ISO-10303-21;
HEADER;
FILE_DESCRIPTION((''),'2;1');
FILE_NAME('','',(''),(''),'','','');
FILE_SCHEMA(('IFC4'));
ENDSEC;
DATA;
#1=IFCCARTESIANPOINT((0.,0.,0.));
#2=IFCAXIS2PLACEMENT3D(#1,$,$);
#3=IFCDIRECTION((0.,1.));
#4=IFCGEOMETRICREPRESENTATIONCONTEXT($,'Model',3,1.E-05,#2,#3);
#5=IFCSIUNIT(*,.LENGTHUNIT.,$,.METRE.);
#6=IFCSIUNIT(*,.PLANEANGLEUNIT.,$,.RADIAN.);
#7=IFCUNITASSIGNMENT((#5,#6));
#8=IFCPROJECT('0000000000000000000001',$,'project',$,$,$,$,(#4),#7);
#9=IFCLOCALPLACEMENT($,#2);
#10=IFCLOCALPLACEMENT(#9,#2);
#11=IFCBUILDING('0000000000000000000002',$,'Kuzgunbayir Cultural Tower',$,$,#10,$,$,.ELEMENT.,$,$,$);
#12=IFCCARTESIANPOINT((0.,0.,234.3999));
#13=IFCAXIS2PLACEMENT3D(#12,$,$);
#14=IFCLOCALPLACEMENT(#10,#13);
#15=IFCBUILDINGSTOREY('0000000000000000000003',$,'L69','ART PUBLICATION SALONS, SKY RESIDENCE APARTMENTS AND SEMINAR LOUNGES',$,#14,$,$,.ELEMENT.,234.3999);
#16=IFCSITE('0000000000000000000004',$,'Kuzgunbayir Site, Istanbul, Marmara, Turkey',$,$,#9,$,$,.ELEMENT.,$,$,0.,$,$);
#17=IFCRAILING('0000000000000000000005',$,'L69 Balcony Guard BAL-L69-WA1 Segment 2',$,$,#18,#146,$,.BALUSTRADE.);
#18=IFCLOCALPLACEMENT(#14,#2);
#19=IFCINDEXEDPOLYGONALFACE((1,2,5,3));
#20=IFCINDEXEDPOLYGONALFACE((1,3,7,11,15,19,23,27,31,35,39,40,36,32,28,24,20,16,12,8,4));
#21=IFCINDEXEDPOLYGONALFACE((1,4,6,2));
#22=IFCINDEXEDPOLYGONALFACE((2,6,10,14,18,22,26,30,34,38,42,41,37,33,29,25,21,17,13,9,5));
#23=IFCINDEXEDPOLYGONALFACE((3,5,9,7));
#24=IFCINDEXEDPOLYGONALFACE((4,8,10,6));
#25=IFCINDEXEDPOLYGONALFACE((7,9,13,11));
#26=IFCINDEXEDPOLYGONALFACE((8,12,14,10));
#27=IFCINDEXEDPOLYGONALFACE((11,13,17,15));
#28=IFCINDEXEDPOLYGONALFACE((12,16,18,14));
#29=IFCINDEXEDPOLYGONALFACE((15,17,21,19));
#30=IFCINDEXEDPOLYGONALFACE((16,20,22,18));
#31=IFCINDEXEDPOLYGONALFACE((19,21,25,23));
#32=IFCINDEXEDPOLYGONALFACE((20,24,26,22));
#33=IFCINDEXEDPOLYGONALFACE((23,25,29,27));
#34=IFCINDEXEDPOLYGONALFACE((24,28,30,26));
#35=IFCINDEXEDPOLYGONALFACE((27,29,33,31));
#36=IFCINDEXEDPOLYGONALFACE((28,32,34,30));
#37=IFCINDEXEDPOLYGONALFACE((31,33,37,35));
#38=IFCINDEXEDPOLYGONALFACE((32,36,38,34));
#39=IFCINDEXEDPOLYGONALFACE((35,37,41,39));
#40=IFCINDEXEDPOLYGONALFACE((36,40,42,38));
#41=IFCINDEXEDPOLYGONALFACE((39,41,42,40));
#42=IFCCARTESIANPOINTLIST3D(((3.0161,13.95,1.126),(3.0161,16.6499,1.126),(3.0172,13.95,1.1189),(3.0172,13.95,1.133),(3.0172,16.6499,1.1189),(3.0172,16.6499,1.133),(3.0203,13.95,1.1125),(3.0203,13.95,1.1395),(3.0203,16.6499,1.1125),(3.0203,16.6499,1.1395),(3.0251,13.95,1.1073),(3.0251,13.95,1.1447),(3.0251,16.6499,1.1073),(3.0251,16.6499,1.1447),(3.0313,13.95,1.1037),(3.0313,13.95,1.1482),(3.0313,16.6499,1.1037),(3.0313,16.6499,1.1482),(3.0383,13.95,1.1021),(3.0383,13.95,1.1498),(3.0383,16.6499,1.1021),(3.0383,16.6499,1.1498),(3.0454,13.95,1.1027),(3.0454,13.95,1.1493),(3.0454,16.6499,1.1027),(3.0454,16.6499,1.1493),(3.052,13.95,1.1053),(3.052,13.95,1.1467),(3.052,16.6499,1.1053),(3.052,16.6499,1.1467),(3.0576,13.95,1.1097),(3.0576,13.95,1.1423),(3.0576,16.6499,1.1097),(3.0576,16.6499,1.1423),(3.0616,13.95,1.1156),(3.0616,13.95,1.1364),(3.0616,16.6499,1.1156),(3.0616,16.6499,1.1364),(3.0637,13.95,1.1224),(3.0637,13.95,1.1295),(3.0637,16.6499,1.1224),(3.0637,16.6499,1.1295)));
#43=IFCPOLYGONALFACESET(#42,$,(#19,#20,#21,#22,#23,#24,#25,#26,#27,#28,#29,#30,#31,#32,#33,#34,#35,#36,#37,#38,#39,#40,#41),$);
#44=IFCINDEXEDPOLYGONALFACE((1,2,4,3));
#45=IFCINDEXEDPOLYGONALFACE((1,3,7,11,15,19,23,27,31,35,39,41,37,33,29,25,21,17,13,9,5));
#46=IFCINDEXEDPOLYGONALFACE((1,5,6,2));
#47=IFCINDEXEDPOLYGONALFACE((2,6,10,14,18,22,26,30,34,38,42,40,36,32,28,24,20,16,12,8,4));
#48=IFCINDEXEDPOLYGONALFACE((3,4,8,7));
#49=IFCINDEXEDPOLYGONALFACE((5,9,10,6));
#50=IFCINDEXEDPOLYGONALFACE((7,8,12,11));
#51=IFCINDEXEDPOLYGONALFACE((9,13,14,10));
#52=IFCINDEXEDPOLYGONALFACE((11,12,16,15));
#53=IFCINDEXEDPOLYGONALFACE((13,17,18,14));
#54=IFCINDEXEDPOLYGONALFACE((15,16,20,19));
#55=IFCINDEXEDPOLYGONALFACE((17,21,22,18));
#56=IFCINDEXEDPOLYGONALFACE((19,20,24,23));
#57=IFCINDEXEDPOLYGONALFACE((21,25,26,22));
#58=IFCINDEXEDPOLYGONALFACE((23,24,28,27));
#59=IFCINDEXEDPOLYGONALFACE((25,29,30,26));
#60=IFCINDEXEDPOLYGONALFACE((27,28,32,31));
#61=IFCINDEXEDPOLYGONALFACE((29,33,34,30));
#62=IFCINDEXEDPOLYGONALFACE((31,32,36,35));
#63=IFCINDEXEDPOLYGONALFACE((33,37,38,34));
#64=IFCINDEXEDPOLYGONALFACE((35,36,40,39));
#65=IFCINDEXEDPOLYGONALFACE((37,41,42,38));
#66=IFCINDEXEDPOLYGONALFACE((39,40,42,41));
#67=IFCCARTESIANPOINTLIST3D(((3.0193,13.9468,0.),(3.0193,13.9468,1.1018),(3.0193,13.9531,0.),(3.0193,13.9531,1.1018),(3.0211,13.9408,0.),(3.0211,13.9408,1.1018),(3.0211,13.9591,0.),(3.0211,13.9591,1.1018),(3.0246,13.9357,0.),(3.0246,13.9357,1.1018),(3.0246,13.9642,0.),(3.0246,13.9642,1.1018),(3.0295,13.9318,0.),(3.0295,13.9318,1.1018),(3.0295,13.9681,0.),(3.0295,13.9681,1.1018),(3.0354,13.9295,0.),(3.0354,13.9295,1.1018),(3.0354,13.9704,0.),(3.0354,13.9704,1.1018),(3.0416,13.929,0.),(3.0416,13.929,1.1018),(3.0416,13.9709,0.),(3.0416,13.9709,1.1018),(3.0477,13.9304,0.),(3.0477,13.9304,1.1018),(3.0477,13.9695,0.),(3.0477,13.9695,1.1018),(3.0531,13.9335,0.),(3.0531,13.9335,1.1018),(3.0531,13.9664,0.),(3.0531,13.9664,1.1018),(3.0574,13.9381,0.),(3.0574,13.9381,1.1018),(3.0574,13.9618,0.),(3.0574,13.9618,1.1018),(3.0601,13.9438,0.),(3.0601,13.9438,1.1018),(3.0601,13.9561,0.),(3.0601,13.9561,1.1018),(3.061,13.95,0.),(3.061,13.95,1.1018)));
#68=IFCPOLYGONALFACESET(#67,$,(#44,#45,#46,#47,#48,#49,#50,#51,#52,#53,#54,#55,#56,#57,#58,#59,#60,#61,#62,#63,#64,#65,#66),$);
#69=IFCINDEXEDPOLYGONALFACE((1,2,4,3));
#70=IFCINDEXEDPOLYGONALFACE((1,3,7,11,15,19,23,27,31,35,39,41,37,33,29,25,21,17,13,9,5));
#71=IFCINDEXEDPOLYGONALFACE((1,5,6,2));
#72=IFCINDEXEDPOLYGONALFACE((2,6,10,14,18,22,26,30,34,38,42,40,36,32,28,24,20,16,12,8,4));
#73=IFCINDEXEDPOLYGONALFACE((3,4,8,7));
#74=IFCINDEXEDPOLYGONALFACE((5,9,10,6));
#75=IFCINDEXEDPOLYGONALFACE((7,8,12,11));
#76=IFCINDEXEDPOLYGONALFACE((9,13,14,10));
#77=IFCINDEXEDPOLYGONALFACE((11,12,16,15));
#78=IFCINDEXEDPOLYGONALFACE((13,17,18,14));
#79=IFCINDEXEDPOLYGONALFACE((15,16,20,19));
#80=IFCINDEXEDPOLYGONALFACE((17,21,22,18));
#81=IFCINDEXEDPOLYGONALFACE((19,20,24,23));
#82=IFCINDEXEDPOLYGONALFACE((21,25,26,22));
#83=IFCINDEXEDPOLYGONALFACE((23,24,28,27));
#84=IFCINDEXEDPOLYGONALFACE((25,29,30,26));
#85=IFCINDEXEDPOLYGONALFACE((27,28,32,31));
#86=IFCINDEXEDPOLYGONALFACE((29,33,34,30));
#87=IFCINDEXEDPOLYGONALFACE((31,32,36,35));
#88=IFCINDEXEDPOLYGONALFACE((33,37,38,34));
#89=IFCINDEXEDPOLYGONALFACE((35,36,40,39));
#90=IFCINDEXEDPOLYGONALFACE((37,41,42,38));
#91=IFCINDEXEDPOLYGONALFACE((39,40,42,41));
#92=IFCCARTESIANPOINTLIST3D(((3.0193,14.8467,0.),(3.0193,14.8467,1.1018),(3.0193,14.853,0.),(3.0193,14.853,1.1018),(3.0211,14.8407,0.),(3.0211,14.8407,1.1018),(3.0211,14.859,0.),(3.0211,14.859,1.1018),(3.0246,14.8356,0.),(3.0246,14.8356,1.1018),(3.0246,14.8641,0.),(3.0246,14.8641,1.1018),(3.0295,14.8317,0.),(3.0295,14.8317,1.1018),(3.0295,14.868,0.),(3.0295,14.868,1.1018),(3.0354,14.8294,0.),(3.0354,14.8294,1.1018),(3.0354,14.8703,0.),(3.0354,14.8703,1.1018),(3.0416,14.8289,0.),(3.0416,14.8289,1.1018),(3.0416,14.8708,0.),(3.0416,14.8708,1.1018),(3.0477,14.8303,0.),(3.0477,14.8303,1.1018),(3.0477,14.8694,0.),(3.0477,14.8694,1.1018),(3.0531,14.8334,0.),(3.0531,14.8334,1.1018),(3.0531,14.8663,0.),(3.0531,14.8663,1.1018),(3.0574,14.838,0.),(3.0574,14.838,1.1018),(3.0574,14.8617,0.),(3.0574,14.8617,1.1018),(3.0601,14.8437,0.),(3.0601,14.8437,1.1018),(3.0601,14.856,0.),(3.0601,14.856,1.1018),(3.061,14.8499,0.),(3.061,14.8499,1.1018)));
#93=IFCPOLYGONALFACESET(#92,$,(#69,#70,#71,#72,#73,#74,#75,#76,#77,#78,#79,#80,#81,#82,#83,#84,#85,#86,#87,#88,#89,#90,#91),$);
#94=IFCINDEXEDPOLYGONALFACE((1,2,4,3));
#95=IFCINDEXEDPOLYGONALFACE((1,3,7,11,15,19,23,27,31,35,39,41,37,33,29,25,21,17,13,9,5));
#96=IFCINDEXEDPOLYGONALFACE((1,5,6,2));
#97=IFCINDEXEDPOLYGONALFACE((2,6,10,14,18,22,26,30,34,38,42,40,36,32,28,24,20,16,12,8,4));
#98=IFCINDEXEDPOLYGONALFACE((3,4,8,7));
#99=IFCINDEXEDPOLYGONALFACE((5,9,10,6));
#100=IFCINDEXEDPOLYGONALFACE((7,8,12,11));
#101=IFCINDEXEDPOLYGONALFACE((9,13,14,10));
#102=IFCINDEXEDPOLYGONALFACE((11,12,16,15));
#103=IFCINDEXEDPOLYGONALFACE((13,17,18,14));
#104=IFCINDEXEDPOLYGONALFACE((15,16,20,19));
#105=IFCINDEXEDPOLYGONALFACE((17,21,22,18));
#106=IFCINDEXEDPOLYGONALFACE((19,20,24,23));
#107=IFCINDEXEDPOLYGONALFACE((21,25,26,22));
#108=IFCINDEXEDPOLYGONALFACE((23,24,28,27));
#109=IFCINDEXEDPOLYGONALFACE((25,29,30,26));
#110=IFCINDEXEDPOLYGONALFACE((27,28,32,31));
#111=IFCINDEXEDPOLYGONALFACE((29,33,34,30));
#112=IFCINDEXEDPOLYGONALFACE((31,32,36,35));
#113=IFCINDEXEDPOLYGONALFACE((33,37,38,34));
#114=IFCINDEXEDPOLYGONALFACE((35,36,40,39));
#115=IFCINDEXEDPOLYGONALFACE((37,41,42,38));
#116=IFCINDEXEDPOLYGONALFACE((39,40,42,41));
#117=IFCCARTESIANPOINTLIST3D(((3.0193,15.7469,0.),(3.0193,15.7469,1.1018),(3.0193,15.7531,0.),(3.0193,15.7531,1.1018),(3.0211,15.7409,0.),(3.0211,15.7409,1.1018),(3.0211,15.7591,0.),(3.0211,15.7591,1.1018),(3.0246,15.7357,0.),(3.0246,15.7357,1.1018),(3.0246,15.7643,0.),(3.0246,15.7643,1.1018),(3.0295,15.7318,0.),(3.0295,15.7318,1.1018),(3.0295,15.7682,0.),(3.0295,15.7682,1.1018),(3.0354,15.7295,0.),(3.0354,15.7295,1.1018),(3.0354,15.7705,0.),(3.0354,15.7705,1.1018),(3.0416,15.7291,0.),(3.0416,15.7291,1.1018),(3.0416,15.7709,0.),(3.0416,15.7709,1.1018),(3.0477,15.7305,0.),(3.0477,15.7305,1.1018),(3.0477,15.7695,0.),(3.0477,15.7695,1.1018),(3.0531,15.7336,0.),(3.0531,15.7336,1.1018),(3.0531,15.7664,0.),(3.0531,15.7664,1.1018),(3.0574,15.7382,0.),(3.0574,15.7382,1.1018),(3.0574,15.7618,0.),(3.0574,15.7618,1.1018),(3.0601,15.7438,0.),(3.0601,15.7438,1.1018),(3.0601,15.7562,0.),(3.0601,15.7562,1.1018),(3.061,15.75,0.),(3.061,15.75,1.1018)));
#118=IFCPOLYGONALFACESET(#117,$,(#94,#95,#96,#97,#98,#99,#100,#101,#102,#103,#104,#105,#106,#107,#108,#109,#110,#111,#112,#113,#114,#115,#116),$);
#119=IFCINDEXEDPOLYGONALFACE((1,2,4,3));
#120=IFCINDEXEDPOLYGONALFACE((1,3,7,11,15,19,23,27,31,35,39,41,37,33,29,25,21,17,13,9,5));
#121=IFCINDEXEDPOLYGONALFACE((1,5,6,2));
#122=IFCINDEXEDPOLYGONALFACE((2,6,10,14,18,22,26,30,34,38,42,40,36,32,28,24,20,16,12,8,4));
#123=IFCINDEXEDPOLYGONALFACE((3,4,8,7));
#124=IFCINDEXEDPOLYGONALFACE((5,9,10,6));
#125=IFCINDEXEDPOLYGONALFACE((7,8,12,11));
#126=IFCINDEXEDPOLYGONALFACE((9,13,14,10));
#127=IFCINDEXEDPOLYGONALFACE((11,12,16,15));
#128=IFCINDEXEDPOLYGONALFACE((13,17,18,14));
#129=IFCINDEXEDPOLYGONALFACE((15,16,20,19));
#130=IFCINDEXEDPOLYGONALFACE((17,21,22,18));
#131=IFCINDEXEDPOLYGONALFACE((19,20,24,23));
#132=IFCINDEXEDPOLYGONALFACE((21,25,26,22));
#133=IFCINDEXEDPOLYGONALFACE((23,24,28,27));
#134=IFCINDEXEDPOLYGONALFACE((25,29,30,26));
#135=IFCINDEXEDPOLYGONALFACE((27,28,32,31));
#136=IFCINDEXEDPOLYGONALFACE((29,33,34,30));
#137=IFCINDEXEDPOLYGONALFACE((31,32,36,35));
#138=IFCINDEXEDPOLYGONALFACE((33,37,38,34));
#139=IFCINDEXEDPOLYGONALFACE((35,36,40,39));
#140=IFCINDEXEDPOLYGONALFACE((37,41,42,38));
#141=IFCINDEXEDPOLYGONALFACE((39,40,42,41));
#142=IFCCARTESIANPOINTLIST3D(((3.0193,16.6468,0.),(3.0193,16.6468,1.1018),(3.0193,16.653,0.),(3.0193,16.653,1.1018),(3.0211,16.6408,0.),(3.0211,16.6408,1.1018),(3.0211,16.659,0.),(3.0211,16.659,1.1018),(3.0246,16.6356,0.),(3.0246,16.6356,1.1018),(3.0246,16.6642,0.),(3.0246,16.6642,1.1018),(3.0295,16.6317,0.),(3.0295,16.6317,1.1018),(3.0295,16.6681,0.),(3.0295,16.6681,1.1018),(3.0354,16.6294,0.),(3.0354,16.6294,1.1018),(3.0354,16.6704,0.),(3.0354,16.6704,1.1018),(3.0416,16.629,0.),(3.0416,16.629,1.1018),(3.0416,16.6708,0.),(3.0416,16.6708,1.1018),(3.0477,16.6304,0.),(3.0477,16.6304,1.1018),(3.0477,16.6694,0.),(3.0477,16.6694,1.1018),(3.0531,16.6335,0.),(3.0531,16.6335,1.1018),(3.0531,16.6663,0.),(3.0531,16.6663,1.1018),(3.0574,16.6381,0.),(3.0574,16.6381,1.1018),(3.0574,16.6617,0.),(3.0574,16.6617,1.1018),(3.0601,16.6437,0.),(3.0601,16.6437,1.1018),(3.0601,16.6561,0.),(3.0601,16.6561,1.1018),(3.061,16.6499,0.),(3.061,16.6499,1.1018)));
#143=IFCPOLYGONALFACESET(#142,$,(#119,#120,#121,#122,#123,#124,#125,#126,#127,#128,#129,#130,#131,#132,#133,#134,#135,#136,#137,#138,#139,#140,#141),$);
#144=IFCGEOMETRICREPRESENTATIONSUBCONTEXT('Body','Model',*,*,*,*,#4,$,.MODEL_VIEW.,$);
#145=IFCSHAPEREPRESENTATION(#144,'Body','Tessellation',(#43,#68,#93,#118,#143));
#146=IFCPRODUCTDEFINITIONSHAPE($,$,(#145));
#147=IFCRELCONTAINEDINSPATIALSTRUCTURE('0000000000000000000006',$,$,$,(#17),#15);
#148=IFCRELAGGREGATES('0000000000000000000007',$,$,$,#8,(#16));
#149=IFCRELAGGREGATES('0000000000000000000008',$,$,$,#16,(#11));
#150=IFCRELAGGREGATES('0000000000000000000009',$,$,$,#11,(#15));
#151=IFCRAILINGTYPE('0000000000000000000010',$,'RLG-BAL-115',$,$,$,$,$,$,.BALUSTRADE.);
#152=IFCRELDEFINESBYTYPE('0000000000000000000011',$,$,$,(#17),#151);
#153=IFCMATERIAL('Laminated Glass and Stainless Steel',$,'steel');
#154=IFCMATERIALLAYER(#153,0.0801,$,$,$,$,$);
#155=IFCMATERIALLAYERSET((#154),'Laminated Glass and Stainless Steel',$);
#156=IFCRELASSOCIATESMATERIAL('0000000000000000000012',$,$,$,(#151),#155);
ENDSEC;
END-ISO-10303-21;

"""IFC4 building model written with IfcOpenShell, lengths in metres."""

from ifc_helpers import new_model, si_unit, direction, frame, origin, origin_2d, place, context, subcontext, project, spatial, circle, extrude, material, layer, layer_set, type_object, element, save


model = new_model("IFC4")

# Units and contexts
model_context = context("Model", 3, precision=1e-05, world=origin(), true_north=direction((0.0, 1.0)))
body_context = subcontext(model_context, "Body", "Model", "MODEL_VIEW")
ifc_project = project(units=[si_unit("LENGTHUNIT", "METRE"), si_unit("PLANEANGLEUNIT", "RADIAN")], contexts=[model_context])

# Site, building, storey
site_placement = place(None, origin())
site = spatial("IfcSite", under=ifc_project, at=site_placement, Name="Kuzgunbayir Site, Istanbul, Marmara, Turkey", CompositionType="ELEMENT", RefElevation=0.0)
building_placement = place(site_placement, origin())
building = spatial("IfcBuilding", under=site, at=building_placement, Name="Kuzgunbayir Cultural Tower", CompositionType="ELEMENT")
storey_placement = place(building_placement, frame((0.0, 0.0, 234.3999)))
storey = spatial("IfcBuildingStorey", under=building, at=storey_placement, Name="L69", Description="ART PUBLICATION SALONS, SKY RESIDENCE APARTMENTS AND SEMINAR LOUNGES", CompositionType="ELEMENT", Elevation=234.3999)

# Railing
ifc_material_1 = material(Name="Laminated Glass and Stainless Steel", Category="steel")
ifc_layer_1 = layer(ifc_material_1, 0.0801)
ifc_layer_set_1 = layer_set([ifc_layer_1], Name="Laminated Glass and Stainless Steel")
railing_type = type_object("IfcRailingType", Name="RLG-BAL-115", PredefinedType="BALUSTRADE", material=ifc_layer_set_1)
railing_1_placement = place(storey_placement, frame((3.04, 13.95, 0.0)))
element("IfcRailing", 1, at=railing_1_placement, inside=storey, type_object=railing_type, Name="L69 Balcony Guard BAL-L69-WA1 Segment 2", PredefinedType="BALUSTRADE", context=body_context, shape_type="SweptSolid", body=[
    extrude(circle(Radius=0.0239, at=origin_2d()), frame((0.0, 0.0, 1.126), z_axis=(0.0, 1.0, 0.0), x_axis=(-1.0, 0.0, 0.0)), (0.0, 0.0, 1.0), 2.7),
    extrude(circle(Radius=0.021, at=origin_2d()), origin(), (0.0, 0.0, 1.0), 1.1018),
    extrude(circle(Radius=0.021, at=origin_2d()), frame((0.0, 0.8999, 0.0)), (0.0, 0.0, 1.0), 1.1018),
    extrude(circle(Radius=0.021, at=origin_2d()), frame((0.0, 1.8, 0.0)), (0.0, 0.0, 1.0), 1.1018),
    extrude(circle(Radius=0.021, at=origin_2d()), frame((0.0, 2.7, 0.0)), (0.0, 0.0, 1.0), 1.1018),
])

save(model, "model.ifc")
